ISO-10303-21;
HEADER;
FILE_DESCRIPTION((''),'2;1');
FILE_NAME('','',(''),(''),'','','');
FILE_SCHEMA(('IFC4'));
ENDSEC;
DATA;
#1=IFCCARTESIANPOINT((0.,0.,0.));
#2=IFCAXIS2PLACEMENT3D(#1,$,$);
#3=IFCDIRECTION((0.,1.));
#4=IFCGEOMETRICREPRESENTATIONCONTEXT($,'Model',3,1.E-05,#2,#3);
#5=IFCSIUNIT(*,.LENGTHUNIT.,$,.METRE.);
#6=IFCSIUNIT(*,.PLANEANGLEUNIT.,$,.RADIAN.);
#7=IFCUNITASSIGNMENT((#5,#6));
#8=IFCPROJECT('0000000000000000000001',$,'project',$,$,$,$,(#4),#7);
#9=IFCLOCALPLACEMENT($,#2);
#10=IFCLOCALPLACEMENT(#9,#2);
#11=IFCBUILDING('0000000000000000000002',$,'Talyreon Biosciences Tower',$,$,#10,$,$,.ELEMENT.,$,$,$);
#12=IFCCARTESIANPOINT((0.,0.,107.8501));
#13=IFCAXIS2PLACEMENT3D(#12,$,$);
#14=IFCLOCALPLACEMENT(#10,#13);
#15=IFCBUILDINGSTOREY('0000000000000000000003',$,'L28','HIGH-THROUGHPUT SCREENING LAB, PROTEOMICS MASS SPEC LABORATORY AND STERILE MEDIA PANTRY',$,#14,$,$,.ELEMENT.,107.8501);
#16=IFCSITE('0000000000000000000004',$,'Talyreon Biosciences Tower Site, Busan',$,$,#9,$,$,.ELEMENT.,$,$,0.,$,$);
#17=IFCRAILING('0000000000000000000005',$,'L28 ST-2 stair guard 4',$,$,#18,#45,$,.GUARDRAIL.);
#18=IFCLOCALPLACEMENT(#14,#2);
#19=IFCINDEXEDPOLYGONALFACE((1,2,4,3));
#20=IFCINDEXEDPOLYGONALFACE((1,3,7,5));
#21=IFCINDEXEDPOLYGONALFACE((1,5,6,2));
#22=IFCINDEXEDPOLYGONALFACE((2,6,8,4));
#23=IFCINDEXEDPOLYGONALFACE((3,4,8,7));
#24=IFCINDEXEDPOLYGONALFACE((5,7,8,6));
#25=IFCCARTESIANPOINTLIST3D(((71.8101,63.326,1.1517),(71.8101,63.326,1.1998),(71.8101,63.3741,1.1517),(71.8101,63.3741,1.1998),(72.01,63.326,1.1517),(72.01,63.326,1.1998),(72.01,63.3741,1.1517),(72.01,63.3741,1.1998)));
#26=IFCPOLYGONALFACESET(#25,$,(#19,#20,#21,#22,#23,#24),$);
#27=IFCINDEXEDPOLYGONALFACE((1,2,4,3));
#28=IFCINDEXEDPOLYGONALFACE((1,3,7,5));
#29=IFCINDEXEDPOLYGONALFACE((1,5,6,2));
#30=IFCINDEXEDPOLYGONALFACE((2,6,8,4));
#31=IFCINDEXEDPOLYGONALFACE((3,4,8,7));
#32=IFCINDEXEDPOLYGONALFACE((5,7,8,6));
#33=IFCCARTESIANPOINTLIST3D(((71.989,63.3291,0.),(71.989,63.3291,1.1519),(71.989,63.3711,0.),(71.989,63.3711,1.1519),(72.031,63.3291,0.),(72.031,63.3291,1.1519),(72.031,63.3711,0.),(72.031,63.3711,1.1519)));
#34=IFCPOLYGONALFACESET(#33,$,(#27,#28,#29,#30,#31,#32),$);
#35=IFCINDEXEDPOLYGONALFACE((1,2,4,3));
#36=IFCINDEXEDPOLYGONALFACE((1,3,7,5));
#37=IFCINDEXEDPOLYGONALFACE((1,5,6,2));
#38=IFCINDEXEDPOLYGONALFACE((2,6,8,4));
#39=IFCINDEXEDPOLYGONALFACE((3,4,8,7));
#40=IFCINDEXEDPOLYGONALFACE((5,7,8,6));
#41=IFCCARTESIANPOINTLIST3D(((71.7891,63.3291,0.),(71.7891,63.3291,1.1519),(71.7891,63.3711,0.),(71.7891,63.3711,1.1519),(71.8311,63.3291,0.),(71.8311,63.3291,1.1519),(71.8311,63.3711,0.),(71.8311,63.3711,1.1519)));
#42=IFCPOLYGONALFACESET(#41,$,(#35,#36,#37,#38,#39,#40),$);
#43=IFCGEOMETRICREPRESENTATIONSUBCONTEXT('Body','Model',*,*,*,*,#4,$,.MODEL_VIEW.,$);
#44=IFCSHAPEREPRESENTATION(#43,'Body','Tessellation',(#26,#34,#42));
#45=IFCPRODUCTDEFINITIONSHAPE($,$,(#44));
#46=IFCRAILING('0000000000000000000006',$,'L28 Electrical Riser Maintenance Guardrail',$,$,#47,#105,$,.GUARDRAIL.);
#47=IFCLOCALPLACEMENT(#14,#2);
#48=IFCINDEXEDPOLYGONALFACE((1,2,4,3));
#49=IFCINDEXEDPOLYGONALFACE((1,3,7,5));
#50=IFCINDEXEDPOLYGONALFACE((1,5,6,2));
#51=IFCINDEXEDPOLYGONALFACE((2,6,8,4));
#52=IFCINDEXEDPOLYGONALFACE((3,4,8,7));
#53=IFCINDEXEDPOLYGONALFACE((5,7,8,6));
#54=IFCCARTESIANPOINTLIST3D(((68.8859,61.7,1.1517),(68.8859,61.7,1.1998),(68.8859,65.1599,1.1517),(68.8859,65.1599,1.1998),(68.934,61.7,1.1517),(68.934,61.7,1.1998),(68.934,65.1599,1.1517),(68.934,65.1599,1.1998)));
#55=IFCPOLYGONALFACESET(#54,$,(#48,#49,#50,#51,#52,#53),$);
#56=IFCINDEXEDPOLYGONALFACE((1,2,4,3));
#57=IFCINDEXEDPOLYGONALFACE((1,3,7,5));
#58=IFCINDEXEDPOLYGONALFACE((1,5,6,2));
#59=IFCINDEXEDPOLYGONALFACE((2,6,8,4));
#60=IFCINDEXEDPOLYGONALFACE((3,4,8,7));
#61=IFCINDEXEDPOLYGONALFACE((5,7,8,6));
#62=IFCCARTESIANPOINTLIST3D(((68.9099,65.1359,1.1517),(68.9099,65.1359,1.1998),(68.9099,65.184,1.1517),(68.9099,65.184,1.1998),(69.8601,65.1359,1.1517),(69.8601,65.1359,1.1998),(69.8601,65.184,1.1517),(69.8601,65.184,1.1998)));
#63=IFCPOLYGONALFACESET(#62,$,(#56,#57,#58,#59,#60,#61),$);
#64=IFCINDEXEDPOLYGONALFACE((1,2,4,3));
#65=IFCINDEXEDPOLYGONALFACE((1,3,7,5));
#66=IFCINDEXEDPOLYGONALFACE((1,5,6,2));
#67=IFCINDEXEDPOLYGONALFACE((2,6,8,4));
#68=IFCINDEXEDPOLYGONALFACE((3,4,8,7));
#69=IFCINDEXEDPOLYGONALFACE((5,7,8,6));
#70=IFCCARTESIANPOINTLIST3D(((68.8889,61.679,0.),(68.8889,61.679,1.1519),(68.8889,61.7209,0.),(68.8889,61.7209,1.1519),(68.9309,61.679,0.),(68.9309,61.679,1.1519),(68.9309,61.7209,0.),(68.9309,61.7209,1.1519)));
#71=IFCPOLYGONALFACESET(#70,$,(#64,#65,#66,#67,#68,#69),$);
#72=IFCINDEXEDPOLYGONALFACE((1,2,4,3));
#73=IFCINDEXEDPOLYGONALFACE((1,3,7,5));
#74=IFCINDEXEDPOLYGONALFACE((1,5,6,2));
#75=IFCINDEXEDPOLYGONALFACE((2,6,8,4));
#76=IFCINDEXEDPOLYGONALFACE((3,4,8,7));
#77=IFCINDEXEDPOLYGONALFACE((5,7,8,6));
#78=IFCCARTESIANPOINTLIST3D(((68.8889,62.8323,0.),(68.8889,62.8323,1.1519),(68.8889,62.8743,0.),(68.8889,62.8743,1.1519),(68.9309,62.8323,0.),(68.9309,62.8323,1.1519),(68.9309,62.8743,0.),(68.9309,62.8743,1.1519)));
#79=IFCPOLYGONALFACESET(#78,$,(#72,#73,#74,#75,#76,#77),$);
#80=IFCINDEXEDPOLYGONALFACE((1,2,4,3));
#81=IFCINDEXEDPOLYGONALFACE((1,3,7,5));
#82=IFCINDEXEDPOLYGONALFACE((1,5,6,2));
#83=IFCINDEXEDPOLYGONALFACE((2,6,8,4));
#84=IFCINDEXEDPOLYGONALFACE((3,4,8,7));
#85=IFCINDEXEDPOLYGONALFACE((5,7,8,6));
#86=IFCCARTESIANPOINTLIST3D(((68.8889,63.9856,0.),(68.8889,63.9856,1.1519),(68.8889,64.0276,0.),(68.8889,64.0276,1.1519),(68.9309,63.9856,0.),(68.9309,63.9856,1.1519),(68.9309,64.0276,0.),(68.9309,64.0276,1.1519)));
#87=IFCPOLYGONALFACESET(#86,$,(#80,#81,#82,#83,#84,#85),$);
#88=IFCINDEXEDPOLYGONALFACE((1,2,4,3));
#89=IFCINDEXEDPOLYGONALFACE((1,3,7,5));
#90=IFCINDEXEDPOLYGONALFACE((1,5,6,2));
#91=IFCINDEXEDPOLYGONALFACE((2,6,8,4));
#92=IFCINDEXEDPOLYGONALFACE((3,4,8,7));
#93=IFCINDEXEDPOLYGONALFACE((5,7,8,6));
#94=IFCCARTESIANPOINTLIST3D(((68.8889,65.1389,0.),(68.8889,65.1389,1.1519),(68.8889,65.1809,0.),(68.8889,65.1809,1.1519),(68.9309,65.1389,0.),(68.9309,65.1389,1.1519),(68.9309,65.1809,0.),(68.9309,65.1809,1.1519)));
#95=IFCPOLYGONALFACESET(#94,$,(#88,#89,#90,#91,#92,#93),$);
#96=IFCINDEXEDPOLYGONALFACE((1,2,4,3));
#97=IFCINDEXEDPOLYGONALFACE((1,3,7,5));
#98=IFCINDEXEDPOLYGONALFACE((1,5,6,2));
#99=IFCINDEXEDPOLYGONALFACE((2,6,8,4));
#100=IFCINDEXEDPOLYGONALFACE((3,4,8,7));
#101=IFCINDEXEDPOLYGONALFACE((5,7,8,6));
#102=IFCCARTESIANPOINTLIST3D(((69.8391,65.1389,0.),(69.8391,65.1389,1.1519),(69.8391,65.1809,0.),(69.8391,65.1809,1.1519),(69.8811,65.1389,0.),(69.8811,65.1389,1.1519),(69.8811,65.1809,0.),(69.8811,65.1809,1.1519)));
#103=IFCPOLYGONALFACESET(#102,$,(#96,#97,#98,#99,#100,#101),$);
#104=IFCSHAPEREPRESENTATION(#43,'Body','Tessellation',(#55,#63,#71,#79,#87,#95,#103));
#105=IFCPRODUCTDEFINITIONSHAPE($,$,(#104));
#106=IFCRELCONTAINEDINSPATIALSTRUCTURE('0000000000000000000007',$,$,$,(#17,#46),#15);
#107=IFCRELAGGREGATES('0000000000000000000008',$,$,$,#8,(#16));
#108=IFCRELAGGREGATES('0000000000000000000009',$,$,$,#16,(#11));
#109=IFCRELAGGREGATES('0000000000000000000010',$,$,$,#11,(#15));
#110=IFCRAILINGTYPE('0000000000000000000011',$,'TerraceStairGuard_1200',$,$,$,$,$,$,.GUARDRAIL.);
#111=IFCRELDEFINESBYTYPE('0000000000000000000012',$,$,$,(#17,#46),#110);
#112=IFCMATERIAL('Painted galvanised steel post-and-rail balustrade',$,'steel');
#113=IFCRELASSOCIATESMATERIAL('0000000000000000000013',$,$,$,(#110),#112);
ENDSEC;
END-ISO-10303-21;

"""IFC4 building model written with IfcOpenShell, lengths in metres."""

from ifc_helpers import new_model, si_unit, direction, frame, origin, origin_2d, place, context, subcontext, project, spatial, rectangle, extrude, material, type_object, element, save


model = new_model("IFC4")

# Units and contexts
model_context = context("Model", 3, precision=1e-05, world=origin(), true_north=direction((0.0, 1.0)))
body_context = subcontext(model_context, "Body", "Model", "MODEL_VIEW")
ifc_project = project(units=[si_unit("LENGTHUNIT", "METRE"), si_unit("PLANEANGLEUNIT", "RADIAN")], contexts=[model_context])

# Site, building, storey
site_placement = place(None, origin())
site = spatial("IfcSite", under=ifc_project, at=site_placement, Name="Talyreon Biosciences Tower Site, Busan", CompositionType="ELEMENT", RefElevation=0.0)
building_placement = place(site_placement, origin())
building = spatial("IfcBuilding", under=site, at=building_placement, Name="Talyreon Biosciences Tower", CompositionType="ELEMENT")
storey_placement = place(building_placement, frame((0.0, 0.0, 107.8501)))
storey = spatial("IfcBuildingStorey", under=building, at=storey_placement, Name="L28", Description="HIGH-THROUGHPUT SCREENING LAB, PROTEOMICS MASS SPEC LABORATORY AND STERILE MEDIA PANTRY", CompositionType="ELEMENT", Elevation=107.8501)

# Railings
ifc_material_1 = material(Name="Painted galvanised steel post-and-rail balustrade", Category="steel")
railing_type_1 = type_object("IfcRailingType", Name="TerraceStairGuard_1200", PredefinedType="GUARDRAIL", material=ifc_material_1)
railing_1_placement = place(storey_placement, frame((72.01, 63.3501, 0.0)))
element("IfcRailing", 1, at=railing_1_placement, inside=storey, type_object=railing_type_1, Name="L28 ST-2 stair guard 4", PredefinedType="GUARDRAIL", context=body_context, shape_type="SweptSolid", body=[
    extrude(rectangle(XDim=0.0481, YDim=0.0481, at=origin_2d()), frame((0.0, 0.0, 1.1758), z_axis=(-1.0, 0.0, 0.0), x_axis=(0.0, -1.0, 0.0)), (0.0, 0.0, 1.0), 0.2),
    extrude(rectangle(XDim=0.042, YDim=0.042, at=origin_2d()), origin(), (0.0, 0.0, 1.0), 1.1519),
    extrude(rectangle(XDim=0.042, YDim=0.042, at=origin_2d()), frame((-0.2, 0.0, 0.0)), (0.0, 0.0, 1.0), 1.1519),
])
railing_2_placement = place(storey_placement, frame((68.9099, 61.7, 0.0)))
element("IfcRailing", 2, at=railing_2_placement, inside=storey, type_object=railing_type_1, Name="L28 Electrical Riser Maintenance Guardrail", PredefinedType="GUARDRAIL", context=body_context, shape_type="SweptSolid", body=[
    extrude(rectangle(XDim=0.0481, YDim=0.0481, at=origin_2d()), frame((0.0, 0.0, 1.1758), z_axis=(0.0, 1.0, 0.0), x_axis=(-1.0, 0.0, 0.0)), (0.0, 0.0, 1.0), 3.46),
    extrude(rectangle(XDim=0.0481, YDim=0.0481, at=origin_2d()), frame((0.0, 3.46, 1.1758), z_axis=(1.0, 0.0, 0.0), x_axis=(0.0, 1.0, 0.0)), (0.0, 0.0, 1.0), 0.9502),
    extrude(rectangle(XDim=0.042, YDim=0.042, at=origin_2d()), origin(), (0.0, 0.0, 1.0), 1.1519),
    extrude(rectangle(XDim=0.042, YDim=0.042, at=origin_2d()), frame((0.0, 1.1533, 0.0)), (0.0, 0.0, 1.0), 1.1519),
    extrude(rectangle(XDim=0.042, YDim=0.042, at=origin_2d()), frame((0.0, 2.3066, 0.0)), (0.0, 0.0, 1.0), 1.1519),
    extrude(rectangle(XDim=0.042, YDim=0.042, at=origin_2d()), frame((0.0, 3.46, 0.0)), (0.0, 0.0, 1.0), 1.1519),
    extrude(rectangle(XDim=0.042, YDim=0.042, at=origin_2d()), frame((0.9502, 3.46, 0.0)), (0.0, 0.0, 1.0), 1.1519),
])

save(model, "model.ifc")
